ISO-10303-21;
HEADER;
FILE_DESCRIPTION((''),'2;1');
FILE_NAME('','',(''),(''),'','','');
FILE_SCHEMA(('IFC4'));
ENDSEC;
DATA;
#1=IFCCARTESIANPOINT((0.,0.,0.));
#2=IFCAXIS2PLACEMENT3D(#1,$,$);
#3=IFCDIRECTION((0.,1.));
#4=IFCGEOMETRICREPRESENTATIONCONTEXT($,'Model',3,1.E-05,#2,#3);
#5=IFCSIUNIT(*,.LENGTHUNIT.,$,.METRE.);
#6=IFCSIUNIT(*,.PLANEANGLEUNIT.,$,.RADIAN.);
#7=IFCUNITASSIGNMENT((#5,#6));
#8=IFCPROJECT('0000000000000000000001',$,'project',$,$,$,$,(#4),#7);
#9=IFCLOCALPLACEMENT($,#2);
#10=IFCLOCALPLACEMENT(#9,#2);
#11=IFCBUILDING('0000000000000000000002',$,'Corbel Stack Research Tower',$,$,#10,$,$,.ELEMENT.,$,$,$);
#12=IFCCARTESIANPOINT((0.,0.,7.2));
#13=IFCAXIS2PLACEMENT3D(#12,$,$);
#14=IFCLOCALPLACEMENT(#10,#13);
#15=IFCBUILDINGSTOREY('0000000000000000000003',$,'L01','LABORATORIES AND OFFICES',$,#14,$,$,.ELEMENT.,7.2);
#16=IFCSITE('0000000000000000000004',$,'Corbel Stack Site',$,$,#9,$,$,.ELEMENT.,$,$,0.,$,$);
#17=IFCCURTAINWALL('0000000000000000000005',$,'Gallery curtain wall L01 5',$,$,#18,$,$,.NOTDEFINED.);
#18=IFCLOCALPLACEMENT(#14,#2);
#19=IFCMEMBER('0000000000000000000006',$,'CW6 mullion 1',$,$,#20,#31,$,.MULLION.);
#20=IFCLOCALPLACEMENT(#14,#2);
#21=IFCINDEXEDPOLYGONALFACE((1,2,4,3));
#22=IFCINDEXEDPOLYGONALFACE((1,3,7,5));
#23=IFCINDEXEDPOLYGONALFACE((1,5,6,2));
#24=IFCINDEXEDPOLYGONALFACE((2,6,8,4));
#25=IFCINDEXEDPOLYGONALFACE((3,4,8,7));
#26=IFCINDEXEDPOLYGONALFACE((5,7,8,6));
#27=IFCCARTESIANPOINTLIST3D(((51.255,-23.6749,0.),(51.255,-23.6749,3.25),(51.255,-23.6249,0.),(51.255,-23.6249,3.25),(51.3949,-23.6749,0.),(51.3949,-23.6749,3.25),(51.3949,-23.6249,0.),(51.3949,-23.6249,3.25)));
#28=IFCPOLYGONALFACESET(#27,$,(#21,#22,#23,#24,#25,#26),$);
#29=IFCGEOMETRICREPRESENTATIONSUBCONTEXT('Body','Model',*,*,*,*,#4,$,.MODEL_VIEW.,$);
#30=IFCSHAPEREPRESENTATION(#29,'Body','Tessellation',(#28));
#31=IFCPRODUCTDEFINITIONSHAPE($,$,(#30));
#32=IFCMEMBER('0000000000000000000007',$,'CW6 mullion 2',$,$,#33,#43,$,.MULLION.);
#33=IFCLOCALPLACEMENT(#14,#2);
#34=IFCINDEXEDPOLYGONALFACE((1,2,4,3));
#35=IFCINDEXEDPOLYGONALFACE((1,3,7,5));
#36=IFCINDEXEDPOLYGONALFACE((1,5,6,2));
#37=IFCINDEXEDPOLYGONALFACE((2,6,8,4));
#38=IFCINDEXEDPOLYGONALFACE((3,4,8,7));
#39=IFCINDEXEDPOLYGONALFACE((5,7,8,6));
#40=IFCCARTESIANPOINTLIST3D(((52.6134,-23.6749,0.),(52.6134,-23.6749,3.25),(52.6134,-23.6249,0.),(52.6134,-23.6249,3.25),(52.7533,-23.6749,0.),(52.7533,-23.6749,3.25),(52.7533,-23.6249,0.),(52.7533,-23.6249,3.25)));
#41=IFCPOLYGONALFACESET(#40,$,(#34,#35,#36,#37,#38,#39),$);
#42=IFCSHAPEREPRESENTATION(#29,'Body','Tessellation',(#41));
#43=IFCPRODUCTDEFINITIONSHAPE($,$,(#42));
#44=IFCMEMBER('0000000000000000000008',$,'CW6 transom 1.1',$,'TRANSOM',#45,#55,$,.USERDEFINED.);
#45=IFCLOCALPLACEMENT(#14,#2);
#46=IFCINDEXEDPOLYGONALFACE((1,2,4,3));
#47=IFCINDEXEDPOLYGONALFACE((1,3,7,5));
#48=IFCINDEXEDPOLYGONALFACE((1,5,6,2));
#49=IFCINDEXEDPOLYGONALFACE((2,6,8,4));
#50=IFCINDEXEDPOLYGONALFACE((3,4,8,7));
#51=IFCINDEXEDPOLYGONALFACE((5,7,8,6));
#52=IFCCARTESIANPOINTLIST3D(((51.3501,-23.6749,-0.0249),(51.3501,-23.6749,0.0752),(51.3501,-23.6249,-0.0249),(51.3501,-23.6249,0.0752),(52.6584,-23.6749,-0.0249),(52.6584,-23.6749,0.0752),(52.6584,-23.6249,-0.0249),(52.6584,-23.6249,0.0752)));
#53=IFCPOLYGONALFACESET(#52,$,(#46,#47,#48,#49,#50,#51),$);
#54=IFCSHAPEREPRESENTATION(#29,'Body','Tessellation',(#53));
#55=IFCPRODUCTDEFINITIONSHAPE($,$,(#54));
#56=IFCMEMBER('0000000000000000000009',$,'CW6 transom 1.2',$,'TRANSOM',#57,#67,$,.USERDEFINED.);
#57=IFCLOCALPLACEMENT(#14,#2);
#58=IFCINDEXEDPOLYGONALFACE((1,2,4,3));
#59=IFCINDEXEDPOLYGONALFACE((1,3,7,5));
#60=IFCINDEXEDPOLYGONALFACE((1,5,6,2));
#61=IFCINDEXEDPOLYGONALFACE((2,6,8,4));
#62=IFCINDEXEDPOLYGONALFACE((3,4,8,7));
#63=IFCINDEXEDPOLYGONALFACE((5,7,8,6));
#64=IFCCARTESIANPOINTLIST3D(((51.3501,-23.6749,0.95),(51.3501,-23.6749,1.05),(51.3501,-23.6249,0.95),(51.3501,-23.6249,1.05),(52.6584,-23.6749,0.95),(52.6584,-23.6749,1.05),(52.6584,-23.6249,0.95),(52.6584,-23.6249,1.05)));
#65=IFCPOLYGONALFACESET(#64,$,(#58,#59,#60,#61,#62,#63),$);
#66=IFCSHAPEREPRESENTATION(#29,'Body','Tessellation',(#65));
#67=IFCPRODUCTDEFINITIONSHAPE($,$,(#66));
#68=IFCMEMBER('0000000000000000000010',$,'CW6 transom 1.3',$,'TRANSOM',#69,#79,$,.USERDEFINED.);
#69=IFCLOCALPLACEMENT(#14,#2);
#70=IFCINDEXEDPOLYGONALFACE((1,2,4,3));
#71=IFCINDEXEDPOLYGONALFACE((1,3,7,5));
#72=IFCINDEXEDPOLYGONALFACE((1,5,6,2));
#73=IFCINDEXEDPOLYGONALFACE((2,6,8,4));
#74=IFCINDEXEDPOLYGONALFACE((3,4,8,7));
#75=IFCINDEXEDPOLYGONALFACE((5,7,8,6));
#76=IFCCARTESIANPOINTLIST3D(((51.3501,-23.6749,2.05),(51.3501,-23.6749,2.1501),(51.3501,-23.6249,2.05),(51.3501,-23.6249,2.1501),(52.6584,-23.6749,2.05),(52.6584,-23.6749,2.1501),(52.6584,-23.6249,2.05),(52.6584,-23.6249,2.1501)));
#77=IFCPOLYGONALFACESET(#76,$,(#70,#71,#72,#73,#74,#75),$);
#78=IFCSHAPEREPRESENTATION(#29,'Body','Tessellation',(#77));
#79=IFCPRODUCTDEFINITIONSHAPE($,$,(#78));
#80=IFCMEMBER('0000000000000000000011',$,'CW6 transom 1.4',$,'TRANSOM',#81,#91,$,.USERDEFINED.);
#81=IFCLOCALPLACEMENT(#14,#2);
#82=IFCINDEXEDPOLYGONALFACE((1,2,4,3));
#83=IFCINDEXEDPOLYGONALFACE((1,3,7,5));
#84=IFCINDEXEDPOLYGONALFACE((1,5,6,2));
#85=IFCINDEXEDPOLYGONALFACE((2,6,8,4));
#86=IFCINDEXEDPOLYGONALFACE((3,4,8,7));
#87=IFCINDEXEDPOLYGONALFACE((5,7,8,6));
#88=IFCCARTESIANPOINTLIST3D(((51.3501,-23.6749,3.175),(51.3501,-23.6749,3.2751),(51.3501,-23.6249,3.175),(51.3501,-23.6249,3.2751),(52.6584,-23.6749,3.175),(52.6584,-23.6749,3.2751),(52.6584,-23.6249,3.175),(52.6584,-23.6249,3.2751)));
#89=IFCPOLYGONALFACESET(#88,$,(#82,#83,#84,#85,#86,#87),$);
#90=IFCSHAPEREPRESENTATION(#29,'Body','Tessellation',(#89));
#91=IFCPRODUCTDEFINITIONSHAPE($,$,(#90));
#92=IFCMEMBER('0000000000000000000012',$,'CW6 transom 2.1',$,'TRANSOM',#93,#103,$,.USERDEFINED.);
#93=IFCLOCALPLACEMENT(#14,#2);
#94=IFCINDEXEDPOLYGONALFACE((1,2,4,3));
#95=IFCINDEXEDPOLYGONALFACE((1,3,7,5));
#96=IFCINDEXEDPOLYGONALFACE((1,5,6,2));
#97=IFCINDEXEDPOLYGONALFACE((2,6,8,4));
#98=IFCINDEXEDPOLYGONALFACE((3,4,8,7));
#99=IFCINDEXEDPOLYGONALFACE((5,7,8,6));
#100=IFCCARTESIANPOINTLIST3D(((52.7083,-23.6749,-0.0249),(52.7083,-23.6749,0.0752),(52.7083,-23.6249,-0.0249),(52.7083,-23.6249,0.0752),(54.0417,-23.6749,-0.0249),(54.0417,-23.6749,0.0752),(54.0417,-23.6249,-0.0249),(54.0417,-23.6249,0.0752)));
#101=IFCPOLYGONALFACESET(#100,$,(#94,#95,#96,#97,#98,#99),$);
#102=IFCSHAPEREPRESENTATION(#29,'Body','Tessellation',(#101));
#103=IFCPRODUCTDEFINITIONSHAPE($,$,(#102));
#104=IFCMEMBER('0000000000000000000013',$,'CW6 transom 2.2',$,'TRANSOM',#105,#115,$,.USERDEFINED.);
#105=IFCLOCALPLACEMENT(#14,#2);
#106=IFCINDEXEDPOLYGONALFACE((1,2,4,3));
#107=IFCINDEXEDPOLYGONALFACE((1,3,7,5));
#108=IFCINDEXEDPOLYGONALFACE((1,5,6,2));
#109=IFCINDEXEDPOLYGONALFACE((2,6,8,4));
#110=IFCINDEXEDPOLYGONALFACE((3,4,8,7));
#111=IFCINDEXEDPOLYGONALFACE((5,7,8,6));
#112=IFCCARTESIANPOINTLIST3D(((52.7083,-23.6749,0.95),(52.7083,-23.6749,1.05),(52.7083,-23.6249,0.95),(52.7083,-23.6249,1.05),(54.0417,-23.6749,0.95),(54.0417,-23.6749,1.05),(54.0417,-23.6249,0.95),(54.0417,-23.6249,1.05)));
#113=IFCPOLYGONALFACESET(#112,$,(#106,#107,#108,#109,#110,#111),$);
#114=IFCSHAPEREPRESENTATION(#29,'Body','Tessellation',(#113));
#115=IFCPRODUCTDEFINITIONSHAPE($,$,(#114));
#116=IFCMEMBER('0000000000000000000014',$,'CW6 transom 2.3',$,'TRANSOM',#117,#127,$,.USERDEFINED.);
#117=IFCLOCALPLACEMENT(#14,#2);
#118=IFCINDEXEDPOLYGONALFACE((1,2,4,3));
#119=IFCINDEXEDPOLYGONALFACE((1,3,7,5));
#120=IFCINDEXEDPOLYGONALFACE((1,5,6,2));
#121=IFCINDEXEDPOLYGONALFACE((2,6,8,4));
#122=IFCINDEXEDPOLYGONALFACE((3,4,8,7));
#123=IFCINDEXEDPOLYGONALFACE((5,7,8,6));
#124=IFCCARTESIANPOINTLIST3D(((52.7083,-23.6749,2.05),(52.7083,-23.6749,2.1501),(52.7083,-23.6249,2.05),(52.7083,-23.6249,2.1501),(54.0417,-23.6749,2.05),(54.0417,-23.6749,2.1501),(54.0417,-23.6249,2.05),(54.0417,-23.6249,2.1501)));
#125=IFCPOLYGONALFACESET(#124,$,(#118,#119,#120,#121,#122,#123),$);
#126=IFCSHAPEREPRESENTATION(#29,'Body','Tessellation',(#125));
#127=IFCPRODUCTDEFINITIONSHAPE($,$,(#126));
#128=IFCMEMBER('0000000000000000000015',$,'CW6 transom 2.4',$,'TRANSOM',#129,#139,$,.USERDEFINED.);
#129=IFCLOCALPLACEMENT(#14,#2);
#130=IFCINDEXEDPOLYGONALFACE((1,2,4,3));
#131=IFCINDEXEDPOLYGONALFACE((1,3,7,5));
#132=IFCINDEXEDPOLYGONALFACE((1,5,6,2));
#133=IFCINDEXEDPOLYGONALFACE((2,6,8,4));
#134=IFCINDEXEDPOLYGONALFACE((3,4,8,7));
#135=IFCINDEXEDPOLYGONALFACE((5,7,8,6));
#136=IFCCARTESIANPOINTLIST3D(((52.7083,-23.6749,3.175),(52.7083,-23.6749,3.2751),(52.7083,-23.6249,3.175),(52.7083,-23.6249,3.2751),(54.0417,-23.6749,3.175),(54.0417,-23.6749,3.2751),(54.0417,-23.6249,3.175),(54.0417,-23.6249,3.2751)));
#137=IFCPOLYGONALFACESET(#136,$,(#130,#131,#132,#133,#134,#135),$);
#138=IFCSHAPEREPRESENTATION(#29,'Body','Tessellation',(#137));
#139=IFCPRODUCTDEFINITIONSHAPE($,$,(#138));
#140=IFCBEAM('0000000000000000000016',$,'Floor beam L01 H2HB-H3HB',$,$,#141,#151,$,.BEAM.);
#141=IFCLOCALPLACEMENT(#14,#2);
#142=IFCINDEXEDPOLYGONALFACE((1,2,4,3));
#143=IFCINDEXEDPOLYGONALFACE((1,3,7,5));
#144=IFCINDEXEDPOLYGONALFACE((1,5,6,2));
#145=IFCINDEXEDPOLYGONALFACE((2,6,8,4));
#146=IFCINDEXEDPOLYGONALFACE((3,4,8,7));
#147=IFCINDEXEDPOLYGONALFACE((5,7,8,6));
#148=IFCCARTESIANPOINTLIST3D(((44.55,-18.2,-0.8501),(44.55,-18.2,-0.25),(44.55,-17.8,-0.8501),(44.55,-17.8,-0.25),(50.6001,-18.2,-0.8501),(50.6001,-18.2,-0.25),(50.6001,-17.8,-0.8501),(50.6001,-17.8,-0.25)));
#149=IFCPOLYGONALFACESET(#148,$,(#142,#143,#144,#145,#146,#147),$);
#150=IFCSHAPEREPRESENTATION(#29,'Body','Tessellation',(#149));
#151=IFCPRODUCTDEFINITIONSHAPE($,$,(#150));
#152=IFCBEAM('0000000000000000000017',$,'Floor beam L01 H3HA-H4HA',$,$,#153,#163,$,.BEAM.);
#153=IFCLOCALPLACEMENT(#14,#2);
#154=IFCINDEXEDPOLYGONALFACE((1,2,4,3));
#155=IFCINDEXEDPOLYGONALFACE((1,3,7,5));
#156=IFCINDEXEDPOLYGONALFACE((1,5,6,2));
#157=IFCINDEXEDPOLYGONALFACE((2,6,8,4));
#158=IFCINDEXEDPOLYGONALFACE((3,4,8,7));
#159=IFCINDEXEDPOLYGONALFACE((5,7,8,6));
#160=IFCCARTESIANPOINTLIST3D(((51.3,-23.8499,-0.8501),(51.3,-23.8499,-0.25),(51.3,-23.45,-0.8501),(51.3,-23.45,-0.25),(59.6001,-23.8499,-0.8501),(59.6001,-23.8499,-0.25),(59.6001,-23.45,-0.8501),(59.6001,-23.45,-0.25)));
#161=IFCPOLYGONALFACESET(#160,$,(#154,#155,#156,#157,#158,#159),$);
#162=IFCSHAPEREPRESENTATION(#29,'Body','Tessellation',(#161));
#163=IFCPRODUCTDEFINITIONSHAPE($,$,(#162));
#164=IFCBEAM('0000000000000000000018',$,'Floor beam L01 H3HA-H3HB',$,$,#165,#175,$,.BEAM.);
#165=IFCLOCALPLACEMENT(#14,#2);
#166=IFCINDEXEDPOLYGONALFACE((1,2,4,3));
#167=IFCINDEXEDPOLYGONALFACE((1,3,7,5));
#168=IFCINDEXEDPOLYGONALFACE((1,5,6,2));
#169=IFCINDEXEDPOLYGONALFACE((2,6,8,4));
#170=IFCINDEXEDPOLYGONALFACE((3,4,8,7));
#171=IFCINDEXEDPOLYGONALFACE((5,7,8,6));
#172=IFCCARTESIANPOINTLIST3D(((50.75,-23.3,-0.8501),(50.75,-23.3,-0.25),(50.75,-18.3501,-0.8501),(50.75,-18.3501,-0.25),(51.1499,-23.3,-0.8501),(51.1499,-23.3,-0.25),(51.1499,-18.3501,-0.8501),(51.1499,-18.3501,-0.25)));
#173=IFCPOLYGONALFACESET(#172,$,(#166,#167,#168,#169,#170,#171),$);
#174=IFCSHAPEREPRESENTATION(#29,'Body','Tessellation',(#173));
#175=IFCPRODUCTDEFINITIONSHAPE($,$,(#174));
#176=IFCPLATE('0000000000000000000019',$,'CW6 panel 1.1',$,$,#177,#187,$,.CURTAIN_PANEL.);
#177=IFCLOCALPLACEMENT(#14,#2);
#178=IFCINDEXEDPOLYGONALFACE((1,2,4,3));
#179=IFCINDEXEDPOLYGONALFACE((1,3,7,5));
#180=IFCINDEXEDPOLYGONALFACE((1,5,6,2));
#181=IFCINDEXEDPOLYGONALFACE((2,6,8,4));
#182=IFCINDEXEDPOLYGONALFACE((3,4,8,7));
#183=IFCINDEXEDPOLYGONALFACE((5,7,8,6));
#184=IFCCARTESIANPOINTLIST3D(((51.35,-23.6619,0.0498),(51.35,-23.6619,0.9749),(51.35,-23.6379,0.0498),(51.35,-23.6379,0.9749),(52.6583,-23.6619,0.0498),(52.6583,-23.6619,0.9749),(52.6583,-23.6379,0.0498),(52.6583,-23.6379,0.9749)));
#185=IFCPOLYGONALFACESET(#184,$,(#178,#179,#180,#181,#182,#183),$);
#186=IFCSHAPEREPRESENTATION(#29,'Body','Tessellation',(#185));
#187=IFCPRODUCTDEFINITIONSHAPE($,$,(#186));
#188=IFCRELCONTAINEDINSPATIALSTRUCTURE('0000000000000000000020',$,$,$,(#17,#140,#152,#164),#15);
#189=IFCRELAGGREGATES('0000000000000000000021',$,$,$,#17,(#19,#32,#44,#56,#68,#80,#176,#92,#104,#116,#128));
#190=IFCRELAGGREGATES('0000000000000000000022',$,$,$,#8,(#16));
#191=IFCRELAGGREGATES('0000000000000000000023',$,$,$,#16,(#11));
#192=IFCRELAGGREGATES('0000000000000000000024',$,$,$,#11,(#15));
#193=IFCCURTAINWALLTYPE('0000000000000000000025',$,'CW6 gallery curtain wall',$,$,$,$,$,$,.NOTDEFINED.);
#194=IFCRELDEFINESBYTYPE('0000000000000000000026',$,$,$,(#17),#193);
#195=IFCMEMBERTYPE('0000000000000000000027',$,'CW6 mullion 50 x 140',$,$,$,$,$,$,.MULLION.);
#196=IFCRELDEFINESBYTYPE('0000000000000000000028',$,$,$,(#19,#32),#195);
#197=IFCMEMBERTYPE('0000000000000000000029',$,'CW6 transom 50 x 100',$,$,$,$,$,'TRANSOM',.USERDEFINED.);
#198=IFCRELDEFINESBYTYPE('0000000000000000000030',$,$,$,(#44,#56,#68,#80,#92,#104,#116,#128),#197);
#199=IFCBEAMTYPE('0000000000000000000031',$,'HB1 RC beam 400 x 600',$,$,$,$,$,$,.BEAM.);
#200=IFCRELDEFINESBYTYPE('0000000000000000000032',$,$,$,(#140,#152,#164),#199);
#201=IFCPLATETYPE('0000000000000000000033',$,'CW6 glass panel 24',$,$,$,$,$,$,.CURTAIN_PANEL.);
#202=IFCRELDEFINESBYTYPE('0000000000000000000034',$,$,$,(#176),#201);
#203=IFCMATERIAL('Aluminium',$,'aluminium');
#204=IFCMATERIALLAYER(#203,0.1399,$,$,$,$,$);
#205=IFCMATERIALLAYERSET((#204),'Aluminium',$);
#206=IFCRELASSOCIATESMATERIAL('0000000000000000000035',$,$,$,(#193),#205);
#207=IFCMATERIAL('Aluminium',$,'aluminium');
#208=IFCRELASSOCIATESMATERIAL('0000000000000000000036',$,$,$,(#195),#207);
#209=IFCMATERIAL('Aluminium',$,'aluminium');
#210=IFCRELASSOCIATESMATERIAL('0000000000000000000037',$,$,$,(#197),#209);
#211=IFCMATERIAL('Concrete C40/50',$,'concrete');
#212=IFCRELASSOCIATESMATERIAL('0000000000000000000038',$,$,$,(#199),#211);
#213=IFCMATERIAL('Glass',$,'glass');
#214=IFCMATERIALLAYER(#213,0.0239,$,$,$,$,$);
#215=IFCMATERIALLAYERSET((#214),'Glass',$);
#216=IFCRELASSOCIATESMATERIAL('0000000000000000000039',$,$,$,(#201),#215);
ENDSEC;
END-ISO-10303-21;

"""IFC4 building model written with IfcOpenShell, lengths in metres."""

from ifc_helpers import new_model, si_unit, direction, frame, origin, origin_2d, place, context, subcontext, project, spatial, rectangle, extrude, material, layer, layer_set, material_profile, profile_set, type_object, element, aggregate, save


model = new_model("IFC4")

# Units and contexts
model_context = context("Model", 3, precision=1e-05, world=origin(), true_north=direction((0.0, 1.0)))
body_context = subcontext(model_context, "Body", "Model", "MODEL_VIEW")
ifc_project = project(units=[si_unit("LENGTHUNIT", "METRE"), si_unit("PLANEANGLEUNIT", "RADIAN")], contexts=[model_context])

# Site, building, storey
site_placement = place(None, origin())
site = spatial("IfcSite", under=ifc_project, at=site_placement, Name="Corbel Stack Site", CompositionType="ELEMENT", RefElevation=0.0)
building_placement = place(site_placement, origin())
building = spatial("IfcBuilding", under=site, at=building_placement, Name="Corbel Stack Research Tower", CompositionType="ELEMENT")
storey_placement = place(building_placement, frame((0.0, 0.0, 7.2)))
storey = spatial("IfcBuildingStorey", under=building, at=storey_placement, Name="L01", Description="LABORATORIES AND OFFICES", CompositionType="ELEMENT", Elevation=7.2)

# Curtain wall, members
ifc_material_1 = material(Name="Aluminium", Category="aluminium")
ifc_layer_1 = layer(ifc_material_1, 0.1399)
ifc_layer_set_1 = layer_set([ifc_layer_1], Name="Aluminium")
curtain_wall_type = type_object("IfcCurtainWallType", Name="CW6 gallery curtain wall", PredefinedType="NOTDEFINED", material=ifc_layer_set_1)
curtain_wall_placement = place(storey_placement, origin())
curtain_wall = element("IfcCurtainWall", 1, at=curtain_wall_placement, inside=storey, type_object=curtain_wall_type, Name="Gallery curtain wall L01 5", PredefinedType="NOTDEFINED")
ifc_material_2 = material(Name="Aluminium", Category="aluminium")
ifc_material_profile_1 = material_profile(ifc_material_2, rectangle(XDim=0.05, YDim=0.1399, at=origin_2d()), Name="Mullion 50 x 140")
ifc_profile_set_1 = profile_set([ifc_material_profile_1], Name="Aluminium")
member_type_1 = type_object("IfcMemberType", Name="CW6 mullion 50 x 140", PredefinedType="MULLION", material=ifc_profile_set_1)
member_1_placement = place(storey_placement, frame((51.325, -23.6499, 0.0), z_axis=(0.0, 0.0, 1.0), x_axis=(0.0, 1.0, 0.0)))
member_1 = element("IfcMember", 2, at=member_1_placement, type_object=member_type_1, Name="CW6 mullion 1", PredefinedType="MULLION", context=body_context, shape_type="SweptSolid", body=[
    extrude(rectangle(XDim=0.05, YDim=0.1399, at=origin_2d()), origin(), (0.0, 0.0, 1.0), 3.25),
])
member_2_placement = place(storey_placement, frame((52.6833, -23.6499, 0.0), z_axis=(0.0, 0.0, 1.0), x_axis=(0.0, 1.0, 0.0)))
member_2 = element("IfcMember", 3, at=member_2_placement, type_object=member_type_1, Name="CW6 mullion 2", PredefinedType="MULLION", context=body_context, shape_type="SweptSolid", body=[
    extrude(rectangle(XDim=0.05, YDim=0.1399, at=origin_2d()), origin(), (0.0, 0.0, 1.0), 3.25),
])
ifc_material_3 = material(Name="Aluminium", Category="aluminium")
ifc_material_profile_2 = material_profile(ifc_material_3, rectangle(XDim=0.05, YDim=0.1001, at=origin_2d()), Name="Transom 50 x 100")
ifc_profile_set_2 = profile_set([ifc_material_profile_2], Name="Aluminium")
member_type_2 = type_object("IfcMemberType", Name="CW6 transom 50 x 100", ElementType="TRANSOM", PredefinedType="USERDEFINED", material=ifc_profile_set_2)
member_3_placement = place(storey_placement, frame((51.3501, -23.6499, 0.0251), z_axis=(1.0, 0.0, 0.0), x_axis=(0.0, 1.0, 0.0)))
member_3 = element("IfcMember", 4, at=member_3_placement, type_object=member_type_2, Name="CW6 transom 1.1", ObjectType="TRANSOM", PredefinedType="USERDEFINED", context=body_context, shape_type="SweptSolid", body=[
    extrude(rectangle(XDim=0.05, YDim=0.1001, at=origin_2d()), origin(), (0.0, 0.0, 1.0), 1.3083),
])
member_4_placement = place(storey_placement, frame((51.3501, -23.6499, 1.0), z_axis=(1.0, 0.0, 0.0), x_axis=(0.0, 1.0, 0.0)))
member_4 = element("IfcMember", 5, at=member_4_placement, type_object=member_type_2, Name="CW6 transom 1.2", ObjectType="TRANSOM", PredefinedType="USERDEFINED", context=body_context, shape_type="SweptSolid", body=[
    extrude(rectangle(XDim=0.05, YDim=0.1001, at=origin_2d()), origin(), (0.0, 0.0, 1.0), 1.3083),
])
member_5_placement = place(storey_placement, frame((51.3501, -23.6499, 2.1001), z_axis=(1.0, 0.0, 0.0), x_axis=(0.0, 1.0, 0.0)))
member_5 = element("IfcMember", 6, at=member_5_placement, type_object=member_type_2, Name="CW6 transom 1.3", ObjectType="TRANSOM", PredefinedType="USERDEFINED", context=body_context, shape_type="SweptSolid", body=[
    extrude(rectangle(XDim=0.05, YDim=0.1001, at=origin_2d()), origin(), (0.0, 0.0, 1.0), 1.3083),
])
member_6_placement = place(storey_placement, frame((51.3501, -23.6499, 3.2251), z_axis=(1.0, 0.0, 0.0), x_axis=(0.0, 1.0, 0.0)))
member_6 = element("IfcMember", 7, at=member_6_placement, type_object=member_type_2, Name="CW6 transom 1.4", ObjectType="TRANSOM", PredefinedType="USERDEFINED", context=body_context, shape_type="SweptSolid", body=[
    extrude(rectangle(XDim=0.05, YDim=0.1001, at=origin_2d()), origin(), (0.0, 0.0, 1.0), 1.3083),
])
member_7_placement = place(storey_placement, frame((52.7083, -23.6499, 0.0251), z_axis=(1.0, 0.0, 0.0), x_axis=(0.0, 1.0, 0.0)))
member_7 = element("IfcMember", 8, at=member_7_placement, type_object=member_type_2, Name="CW6 transom 2.1", ObjectType="TRANSOM", PredefinedType="USERDEFINED", context=body_context, shape_type="SweptSolid", body=[
    extrude(rectangle(XDim=0.05, YDim=0.1001, at=origin_2d()), origin(), (0.0, 0.0, 1.0), 1.3335),
])
member_8_placement = place(storey_placement, frame((52.7083, -23.6499, 1.0), z_axis=(1.0, 0.0, 0.0), x_axis=(0.0, 1.0, 0.0)))
member_8 = element("IfcMember", 9, at=member_8_placement, type_object=member_type_2, Name="CW6 transom 2.2", ObjectType="TRANSOM", PredefinedType="USERDEFINED", context=body_context, shape_type="SweptSolid", body=[
    extrude(rectangle(XDim=0.05, YDim=0.1001, at=origin_2d()), origin(), (0.0, 0.0, 1.0), 1.3335),
])
member_9_placement = place(storey_placement, frame((52.7083, -23.6499, 2.1001), z_axis=(1.0, 0.0, 0.0), x_axis=(0.0, 1.0, 0.0)))
member_9 = element("IfcMember", 10, at=member_9_placement, type_object=member_type_2, Name="CW6 transom 2.3", ObjectType="TRANSOM", PredefinedType="USERDEFINED", context=body_context, shape_type="SweptSolid", body=[
    extrude(rectangle(XDim=0.05, YDim=0.1001, at=origin_2d()), origin(), (0.0, 0.0, 1.0), 1.3335),
])
member_10_placement = place(storey_placement, frame((52.7083, -23.6499, 3.2251), z_axis=(1.0, 0.0, 0.0), x_axis=(0.0, 1.0, 0.0)))
member_10 = element("IfcMember", 11, at=member_10_placement, type_object=member_type_2, Name="CW6 transom 2.4", ObjectType="TRANSOM", PredefinedType="USERDEFINED", context=body_context, shape_type="SweptSolid", body=[
    extrude(rectangle(XDim=0.05, YDim=0.1001, at=origin_2d()), origin(), (0.0, 0.0, 1.0), 1.3335),
])

# Beams
ifc_material_4 = material(Name="Concrete C40/50", Category="concrete")
ifc_material_profile_3 = material_profile(ifc_material_4, rectangle(XDim=0.3999, YDim=0.6001, at=origin_2d()), Name="RC 400 x 600")
ifc_profile_set_3 = profile_set([ifc_material_profile_3], Name="Concrete C40/50")
beam_type = type_object("IfcBeamType", Name="HB1 RC beam 400 x 600", PredefinedType="BEAM", material=ifc_profile_set_3)
beam_1_placement = place(storey_placement, frame((44.55, -18.0, -0.55), z_axis=(1.0, 0.0, 0.0), x_axis=(0.0, 1.0, 0.0)))
element("IfcBeam", 12, at=beam_1_placement, inside=storey, type_object=beam_type, Name="Floor beam L01 H2HB-H3HB", PredefinedType="BEAM", context=body_context, shape_type="SweptSolid", body=[
    extrude(rectangle(XDim=0.3999, YDim=0.6001, at=origin_2d()), origin(), (0.0, 0.0, 1.0), 6.05),
])
beam_2_placement = place(storey_placement, frame((51.3, -23.6499, -0.55), z_axis=(1.0, 0.0, 0.0), x_axis=(0.0, 1.0, 0.0)))
element("IfcBeam", 13, at=beam_2_placement, inside=storey, type_object=beam_type, Name="Floor beam L01 H3HA-H4HA", PredefinedType="BEAM", context=body_context, shape_type="SweptSolid", body=[
    extrude(rectangle(XDim=0.3999, YDim=0.6001, at=origin_2d()), origin(), (0.0, 0.0, 1.0), 8.3),
])
beam_3_placement = place(storey_placement, frame((50.95, -23.3, -0.55), z_axis=(0.0, 1.0, 0.0), x_axis=(-1.0, 0.0, 0.0)))
element("IfcBeam", 14, at=beam_3_placement, inside=storey, type_object=beam_type, Name="Floor beam L01 H3HA-H3HB", PredefinedType="BEAM", context=body_context, shape_type="SweptSolid", body=[
    extrude(rectangle(XDim=0.3999, YDim=0.6001, at=origin_2d()), origin(), (0.0, 0.0, 1.0), 4.95),
])

# Plate
ifc_material_5 = material(Name="Glass", Category="glass")
ifc_layer_2 = layer(ifc_material_5, 0.0239)
ifc_layer_set_2 = layer_set([ifc_layer_2], Name="Glass")
plate_type = type_object("IfcPlateType", Name="CW6 glass panel 24", PredefinedType="CURTAIN_PANEL", material=ifc_layer_set_2)
plate_1_placement = place(storey_placement, frame((52.0042, -23.6499, 0.0498), z_axis=(0.0, 0.0, 1.0), x_axis=(1.0, 0.0, 0.0)))
plate_1 = element("IfcPlate", 15, at=plate_1_placement, type_object=plate_type, Name="CW6 panel 1.1", PredefinedType="CURTAIN_PANEL", context=body_context, shape_type="SweptSolid", body=[
    extrude(rectangle(XDim=1.3083, YDim=0.0239, at=origin_2d()), origin(), (0.0, 0.0, 1.0), 0.925),
])
aggregate(curtain_wall, [member_1, member_2, member_3, member_4, member_5, member_6, plate_1, member_7, member_8, member_9, member_10])

save(model, "model.ifc")
